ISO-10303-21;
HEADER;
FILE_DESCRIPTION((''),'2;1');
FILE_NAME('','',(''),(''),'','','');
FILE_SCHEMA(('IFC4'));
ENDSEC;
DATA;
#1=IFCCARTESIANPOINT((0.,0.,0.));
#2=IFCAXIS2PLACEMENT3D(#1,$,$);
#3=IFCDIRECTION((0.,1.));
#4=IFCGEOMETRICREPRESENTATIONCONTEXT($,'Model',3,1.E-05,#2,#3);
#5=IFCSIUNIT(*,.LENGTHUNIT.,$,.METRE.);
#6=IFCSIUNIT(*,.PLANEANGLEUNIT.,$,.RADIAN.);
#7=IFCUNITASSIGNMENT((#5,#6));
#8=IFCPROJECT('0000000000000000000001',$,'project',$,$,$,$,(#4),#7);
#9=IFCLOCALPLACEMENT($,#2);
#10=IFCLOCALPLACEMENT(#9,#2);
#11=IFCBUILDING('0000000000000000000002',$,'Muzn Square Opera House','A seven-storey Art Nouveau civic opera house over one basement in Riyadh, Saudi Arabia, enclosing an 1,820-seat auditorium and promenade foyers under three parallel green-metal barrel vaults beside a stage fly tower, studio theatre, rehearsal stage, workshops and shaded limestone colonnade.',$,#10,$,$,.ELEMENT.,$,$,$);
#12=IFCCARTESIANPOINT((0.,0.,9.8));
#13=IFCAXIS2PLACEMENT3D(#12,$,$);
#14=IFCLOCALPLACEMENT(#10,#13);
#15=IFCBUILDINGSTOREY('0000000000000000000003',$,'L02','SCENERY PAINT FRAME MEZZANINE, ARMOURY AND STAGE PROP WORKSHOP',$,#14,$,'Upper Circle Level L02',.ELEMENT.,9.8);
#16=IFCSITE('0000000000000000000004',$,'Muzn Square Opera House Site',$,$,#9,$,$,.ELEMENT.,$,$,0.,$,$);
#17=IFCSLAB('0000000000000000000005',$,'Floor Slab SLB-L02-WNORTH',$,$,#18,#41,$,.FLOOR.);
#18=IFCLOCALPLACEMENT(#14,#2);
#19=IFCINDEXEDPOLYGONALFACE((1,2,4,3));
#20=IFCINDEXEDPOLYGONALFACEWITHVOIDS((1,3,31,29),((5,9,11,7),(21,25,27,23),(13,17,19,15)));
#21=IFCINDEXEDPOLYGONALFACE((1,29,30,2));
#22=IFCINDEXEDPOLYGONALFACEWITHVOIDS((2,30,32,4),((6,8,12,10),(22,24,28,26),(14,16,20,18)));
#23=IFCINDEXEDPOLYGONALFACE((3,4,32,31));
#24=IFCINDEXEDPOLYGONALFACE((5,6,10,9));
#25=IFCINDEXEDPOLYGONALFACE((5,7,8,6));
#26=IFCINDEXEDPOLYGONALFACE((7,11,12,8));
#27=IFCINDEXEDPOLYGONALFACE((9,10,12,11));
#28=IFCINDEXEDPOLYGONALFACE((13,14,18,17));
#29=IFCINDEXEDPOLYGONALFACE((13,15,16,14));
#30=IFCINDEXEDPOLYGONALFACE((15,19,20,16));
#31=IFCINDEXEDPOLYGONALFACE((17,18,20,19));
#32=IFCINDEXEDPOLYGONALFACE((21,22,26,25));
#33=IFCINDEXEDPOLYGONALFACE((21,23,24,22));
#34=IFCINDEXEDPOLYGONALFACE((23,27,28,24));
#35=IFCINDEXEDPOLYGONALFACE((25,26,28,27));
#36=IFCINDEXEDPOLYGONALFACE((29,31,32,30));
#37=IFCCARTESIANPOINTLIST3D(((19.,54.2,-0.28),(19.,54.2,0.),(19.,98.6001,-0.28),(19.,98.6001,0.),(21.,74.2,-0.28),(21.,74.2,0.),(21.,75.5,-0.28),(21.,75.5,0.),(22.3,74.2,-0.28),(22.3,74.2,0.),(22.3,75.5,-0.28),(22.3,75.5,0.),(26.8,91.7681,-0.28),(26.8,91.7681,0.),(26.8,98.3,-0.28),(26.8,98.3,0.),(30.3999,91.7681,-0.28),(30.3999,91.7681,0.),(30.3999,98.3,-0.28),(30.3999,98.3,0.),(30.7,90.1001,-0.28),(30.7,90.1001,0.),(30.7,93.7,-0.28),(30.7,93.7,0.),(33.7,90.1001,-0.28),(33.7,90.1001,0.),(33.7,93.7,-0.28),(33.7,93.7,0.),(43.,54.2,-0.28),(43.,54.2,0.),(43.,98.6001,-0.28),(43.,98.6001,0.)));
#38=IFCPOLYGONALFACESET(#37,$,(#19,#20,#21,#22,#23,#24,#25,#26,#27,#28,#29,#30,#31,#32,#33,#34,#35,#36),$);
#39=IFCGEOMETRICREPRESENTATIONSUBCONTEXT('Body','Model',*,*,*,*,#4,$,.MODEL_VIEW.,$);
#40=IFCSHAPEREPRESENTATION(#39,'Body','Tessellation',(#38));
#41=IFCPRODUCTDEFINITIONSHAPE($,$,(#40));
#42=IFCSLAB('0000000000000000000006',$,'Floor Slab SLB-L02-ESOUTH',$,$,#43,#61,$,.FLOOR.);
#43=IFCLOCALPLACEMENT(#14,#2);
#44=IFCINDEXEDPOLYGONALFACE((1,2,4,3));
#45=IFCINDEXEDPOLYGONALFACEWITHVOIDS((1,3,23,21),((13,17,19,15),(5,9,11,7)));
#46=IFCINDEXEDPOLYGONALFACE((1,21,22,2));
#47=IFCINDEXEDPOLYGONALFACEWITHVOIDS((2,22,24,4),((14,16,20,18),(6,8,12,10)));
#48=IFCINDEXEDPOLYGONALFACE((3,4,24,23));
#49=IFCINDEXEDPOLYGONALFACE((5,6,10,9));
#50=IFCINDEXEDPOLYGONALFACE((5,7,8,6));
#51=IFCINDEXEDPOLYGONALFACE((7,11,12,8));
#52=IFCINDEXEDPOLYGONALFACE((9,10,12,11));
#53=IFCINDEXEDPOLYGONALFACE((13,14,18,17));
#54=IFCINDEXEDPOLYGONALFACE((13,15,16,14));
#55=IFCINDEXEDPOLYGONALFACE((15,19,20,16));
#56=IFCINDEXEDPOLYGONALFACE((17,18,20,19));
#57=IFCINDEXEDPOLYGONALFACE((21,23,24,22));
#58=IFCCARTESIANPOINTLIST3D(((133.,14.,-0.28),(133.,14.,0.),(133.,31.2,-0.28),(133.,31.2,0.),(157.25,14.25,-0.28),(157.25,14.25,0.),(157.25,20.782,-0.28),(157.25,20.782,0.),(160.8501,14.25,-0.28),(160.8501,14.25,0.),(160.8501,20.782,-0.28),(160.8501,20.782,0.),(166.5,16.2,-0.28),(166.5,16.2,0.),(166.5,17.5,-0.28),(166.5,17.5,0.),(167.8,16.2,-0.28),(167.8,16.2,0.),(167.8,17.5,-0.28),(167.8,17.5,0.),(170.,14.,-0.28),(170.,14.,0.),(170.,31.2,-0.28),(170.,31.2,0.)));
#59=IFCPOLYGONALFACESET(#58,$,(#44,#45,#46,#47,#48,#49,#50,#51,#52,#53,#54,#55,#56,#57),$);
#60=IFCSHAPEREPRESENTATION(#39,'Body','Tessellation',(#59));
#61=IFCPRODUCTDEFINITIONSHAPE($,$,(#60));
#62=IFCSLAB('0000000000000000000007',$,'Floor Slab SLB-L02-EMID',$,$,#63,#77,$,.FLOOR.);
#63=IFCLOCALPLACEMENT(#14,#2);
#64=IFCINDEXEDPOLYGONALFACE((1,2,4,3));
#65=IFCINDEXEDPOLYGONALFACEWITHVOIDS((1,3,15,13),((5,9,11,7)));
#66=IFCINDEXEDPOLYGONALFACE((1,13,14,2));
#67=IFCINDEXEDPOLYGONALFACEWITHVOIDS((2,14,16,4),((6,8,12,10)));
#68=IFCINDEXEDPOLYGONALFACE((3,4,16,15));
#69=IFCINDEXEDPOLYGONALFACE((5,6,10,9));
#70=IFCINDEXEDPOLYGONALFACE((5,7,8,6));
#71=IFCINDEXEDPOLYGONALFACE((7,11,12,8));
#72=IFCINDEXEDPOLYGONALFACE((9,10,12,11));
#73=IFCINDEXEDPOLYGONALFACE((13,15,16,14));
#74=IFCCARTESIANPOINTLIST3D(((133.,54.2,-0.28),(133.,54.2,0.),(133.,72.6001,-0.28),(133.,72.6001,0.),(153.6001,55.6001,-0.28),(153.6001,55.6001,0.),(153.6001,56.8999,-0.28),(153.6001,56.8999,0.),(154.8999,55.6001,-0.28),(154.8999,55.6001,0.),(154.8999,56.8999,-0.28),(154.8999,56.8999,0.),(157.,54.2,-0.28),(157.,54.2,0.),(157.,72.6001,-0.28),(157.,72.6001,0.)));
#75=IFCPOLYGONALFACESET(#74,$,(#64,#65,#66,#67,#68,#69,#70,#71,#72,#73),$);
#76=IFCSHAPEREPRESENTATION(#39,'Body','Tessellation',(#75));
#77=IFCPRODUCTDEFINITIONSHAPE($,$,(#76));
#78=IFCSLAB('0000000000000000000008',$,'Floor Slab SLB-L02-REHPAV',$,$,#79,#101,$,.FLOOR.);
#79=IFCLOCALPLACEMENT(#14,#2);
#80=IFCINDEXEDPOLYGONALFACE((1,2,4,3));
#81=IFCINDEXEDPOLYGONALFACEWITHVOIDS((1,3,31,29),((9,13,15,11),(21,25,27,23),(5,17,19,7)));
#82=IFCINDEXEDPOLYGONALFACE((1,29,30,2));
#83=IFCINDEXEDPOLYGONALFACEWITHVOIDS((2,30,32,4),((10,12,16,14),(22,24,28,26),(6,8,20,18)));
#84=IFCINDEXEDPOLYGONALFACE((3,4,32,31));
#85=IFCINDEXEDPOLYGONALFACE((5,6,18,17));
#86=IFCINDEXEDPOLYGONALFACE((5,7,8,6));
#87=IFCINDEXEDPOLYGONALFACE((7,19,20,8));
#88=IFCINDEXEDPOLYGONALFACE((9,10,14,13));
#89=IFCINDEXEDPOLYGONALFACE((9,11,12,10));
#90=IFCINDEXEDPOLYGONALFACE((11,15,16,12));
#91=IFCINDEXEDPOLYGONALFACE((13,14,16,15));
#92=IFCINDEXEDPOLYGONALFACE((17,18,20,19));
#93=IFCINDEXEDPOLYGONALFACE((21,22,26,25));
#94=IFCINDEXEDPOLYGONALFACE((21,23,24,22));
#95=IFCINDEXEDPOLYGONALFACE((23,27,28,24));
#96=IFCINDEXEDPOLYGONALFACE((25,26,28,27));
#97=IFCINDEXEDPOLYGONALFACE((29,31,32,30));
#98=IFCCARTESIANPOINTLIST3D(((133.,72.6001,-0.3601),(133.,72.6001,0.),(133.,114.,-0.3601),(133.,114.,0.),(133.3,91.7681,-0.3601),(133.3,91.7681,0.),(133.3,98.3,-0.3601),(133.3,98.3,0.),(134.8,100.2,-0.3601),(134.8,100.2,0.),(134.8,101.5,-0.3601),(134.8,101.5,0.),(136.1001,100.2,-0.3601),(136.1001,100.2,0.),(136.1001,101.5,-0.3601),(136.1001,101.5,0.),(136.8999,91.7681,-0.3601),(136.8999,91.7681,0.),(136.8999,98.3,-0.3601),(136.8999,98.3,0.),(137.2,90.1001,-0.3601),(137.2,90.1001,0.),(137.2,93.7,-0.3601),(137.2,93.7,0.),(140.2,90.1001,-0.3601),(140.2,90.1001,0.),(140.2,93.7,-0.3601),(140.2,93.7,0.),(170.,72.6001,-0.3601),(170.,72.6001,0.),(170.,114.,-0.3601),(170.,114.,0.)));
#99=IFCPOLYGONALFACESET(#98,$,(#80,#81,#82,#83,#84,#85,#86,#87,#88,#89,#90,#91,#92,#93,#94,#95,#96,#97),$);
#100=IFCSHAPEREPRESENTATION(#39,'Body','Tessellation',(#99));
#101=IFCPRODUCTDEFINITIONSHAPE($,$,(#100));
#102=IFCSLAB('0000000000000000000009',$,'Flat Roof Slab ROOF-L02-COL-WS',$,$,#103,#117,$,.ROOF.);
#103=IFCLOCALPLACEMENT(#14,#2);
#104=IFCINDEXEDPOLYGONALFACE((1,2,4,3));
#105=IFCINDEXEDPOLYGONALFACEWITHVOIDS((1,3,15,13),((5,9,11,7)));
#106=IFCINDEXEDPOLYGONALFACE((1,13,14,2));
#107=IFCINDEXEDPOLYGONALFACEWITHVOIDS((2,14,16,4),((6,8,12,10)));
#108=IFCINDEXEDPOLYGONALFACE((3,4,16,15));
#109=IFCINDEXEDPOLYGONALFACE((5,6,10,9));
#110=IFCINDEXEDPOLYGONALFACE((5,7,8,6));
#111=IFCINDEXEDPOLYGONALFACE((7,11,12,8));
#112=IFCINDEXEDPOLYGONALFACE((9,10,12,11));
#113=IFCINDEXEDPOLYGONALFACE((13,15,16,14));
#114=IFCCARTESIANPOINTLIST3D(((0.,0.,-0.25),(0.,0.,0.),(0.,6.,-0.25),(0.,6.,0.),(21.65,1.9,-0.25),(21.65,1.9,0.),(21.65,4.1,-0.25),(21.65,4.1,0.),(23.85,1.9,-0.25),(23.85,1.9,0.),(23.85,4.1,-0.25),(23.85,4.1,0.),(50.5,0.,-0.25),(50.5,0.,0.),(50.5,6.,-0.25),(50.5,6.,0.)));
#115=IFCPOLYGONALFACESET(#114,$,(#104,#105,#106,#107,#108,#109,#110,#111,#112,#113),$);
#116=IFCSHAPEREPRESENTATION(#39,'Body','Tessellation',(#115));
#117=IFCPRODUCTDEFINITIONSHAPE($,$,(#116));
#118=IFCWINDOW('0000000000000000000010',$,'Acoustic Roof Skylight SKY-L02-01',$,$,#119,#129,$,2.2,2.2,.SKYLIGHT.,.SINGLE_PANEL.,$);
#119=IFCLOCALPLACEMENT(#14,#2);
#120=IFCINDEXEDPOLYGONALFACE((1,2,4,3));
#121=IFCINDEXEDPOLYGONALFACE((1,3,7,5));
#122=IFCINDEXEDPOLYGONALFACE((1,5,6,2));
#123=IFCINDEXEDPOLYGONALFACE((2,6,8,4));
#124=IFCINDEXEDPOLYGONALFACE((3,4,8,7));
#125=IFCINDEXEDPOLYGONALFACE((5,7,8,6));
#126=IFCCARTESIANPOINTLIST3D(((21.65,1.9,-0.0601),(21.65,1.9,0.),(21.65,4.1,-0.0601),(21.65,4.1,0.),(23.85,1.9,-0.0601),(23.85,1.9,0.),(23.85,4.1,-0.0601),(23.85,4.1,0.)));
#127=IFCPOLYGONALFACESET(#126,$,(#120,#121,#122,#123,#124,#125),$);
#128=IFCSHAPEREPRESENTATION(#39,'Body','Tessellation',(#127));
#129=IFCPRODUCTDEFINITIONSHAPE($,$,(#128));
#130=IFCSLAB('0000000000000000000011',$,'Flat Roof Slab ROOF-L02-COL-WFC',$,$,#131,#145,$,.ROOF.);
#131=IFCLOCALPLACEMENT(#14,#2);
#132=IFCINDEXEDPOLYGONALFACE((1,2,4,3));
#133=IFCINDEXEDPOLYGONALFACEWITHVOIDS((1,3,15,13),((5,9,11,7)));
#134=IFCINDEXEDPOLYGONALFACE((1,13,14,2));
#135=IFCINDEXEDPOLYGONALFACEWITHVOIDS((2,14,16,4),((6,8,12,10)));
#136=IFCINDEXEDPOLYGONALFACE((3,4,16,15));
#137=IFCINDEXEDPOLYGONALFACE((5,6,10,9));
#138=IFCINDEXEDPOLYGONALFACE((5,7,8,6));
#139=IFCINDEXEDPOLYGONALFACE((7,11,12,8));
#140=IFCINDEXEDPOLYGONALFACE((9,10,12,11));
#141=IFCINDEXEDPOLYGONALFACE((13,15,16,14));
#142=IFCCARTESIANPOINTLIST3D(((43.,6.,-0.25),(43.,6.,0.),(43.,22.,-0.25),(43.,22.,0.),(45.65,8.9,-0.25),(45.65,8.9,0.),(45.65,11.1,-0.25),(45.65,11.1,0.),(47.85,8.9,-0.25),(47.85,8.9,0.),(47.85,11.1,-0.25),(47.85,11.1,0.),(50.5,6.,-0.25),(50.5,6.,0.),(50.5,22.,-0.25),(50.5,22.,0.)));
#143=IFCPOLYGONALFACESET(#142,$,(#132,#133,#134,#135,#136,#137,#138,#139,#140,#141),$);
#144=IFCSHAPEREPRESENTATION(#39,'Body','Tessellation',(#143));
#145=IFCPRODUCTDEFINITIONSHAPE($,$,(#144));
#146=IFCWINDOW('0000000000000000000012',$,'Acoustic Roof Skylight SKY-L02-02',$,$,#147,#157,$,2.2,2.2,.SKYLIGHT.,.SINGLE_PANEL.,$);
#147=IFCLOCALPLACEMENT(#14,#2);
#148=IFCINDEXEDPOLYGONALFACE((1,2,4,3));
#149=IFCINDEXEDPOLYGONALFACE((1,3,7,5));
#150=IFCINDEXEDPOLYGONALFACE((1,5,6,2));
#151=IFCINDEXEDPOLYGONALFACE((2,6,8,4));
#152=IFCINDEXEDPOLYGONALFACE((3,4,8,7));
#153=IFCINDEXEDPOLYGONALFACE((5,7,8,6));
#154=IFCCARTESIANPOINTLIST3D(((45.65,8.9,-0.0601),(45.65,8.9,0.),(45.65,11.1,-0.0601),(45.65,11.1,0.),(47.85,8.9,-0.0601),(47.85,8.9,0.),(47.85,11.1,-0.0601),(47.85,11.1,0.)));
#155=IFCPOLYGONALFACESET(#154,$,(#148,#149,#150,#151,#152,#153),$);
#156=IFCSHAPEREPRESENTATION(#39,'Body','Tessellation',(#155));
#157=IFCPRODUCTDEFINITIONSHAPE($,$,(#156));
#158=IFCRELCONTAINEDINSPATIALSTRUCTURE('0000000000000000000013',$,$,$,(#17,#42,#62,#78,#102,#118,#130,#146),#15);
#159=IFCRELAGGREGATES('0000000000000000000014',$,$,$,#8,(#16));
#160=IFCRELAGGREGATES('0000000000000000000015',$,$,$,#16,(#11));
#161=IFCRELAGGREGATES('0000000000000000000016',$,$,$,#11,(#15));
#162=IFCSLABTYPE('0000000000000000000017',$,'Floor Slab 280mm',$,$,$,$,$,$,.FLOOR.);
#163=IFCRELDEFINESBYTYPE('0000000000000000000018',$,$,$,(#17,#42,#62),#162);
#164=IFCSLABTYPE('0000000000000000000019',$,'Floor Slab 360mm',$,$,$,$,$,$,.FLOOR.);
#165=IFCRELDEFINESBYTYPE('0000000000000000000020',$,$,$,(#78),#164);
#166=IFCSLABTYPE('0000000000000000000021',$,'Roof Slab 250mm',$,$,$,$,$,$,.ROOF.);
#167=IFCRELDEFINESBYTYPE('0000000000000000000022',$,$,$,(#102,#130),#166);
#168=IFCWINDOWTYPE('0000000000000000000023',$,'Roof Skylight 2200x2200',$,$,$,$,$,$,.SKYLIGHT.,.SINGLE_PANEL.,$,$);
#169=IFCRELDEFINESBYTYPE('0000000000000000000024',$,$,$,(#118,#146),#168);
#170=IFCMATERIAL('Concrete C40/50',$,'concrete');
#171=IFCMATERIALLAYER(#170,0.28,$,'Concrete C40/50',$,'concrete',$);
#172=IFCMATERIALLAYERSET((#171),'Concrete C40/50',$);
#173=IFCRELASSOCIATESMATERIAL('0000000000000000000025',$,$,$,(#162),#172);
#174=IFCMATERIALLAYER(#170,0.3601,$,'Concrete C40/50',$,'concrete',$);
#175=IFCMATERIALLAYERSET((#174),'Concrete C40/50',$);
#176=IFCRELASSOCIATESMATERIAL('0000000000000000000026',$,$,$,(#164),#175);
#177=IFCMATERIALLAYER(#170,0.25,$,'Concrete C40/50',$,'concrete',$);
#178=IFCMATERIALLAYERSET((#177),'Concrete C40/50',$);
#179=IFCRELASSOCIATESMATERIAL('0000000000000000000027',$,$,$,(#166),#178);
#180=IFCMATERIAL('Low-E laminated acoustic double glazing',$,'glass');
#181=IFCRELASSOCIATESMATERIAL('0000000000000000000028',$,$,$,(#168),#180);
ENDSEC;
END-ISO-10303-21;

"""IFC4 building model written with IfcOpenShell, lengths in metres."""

from ifc_helpers import new_model, si_unit, direction, frame, origin, origin_2d, place, context, subcontext, project, spatial, polyline, rectangle, outline, extrude, material, layer, layer_set, type_object, element, fill, save


model = new_model("IFC4")

# Units and contexts
model_context = context("Model", 3, precision=1e-05, world=origin(), true_north=direction((0.0, 1.0)))
body_context = subcontext(model_context, "Body", "Model", "MODEL_VIEW")
ifc_project = project(units=[si_unit("LENGTHUNIT", "METRE"), si_unit("PLANEANGLEUNIT", "RADIAN")], contexts=[model_context])

# Site, building, storey
site_placement = place(None, origin())
site = spatial("IfcSite", under=ifc_project, at=site_placement, Name="Muzn Square Opera House Site", CompositionType="ELEMENT", RefElevation=0.0)
building_placement = place(site_placement, origin())
building = spatial("IfcBuilding", under=site, at=building_placement, Name="Muzn Square Opera House", Description="A seven-storey Art Nouveau civic opera house over one basement in Riyadh, Saudi Arabia, enclosing an 1,820-seat auditorium and promenade foyers under three parallel green-metal barrel vaults beside a stage fly tower, studio theatre, rehearsal stage, workshops and shaded limestone colonnade.", CompositionType="ELEMENT")
storey_placement = place(building_placement, frame((0.0, 0.0, 9.8)))
storey = spatial("IfcBuildingStorey", under=building, at=storey_placement, Name="L02", Description="SCENERY PAINT FRAME MEZZANINE, ARMOURY AND STAGE PROP WORKSHOP", LongName="Upper Circle Level L02", CompositionType="ELEMENT", Elevation=9.8)

# Slabs
ifc_material_1 = material(Name="Concrete C40/50", Category="concrete")
ifc_layer_1 = layer(ifc_material_1, 0.28, Name="Concrete C40/50", Category="concrete")
ifc_layer_set_1 = layer_set([ifc_layer_1], Name="Concrete C40/50")
slab_type_1 = type_object("IfcSlabType", Name="Floor Slab 280mm", PredefinedType="FLOOR", material=ifc_layer_set_1)
slab_1_placement = place(storey_placement, frame((0.0, 0.0, -0.28)))
element("IfcSlab", 1, at=slab_1_placement, inside=storey, type_object=slab_type_1, Name="Floor Slab SLB-L02-WNORTH", PredefinedType="FLOOR", context=body_context, shape_type="SweptSolid", body=[
    extrude(outline(polyline([(19.0, 54.2), (43.0, 54.2), (43.0, 98.6001), (19.0, 98.6001), (19.0, 54.2)]), holes=[polyline([(26.8, 91.7681), (30.3999, 91.7681), (30.3999, 98.3), (26.8, 98.3), (26.8, 91.7681)]), polyline([(30.7, 90.1001), (33.7, 90.1001), (33.7, 93.7), (30.7, 93.7), (30.7, 90.1001)]), polyline([(21.0, 74.2), (22.3, 74.2), (22.3, 75.5), (21.0, 75.5), (21.0, 74.2)])]), origin(), (0.0, 0.0, 1.0), 0.28),
])
slab_2_placement = place(storey_placement, frame((0.0, 0.0, -0.28)))
element("IfcSlab", 2, at=slab_2_placement, inside=storey, type_object=slab_type_1, Name="Floor Slab SLB-L02-ESOUTH", PredefinedType="FLOOR", context=body_context, shape_type="SweptSolid", body=[
    extrude(outline(polyline([(133.0, 14.0), (170.0, 14.0), (170.0, 31.2), (133.0, 31.2), (133.0, 14.0)]), holes=[polyline([(157.25, 14.25), (160.8501, 14.25), (160.8501, 20.782), (157.25, 20.782), (157.25, 14.25)]), polyline([(166.5, 16.2), (167.8, 16.2), (167.8, 17.5), (166.5, 17.5), (166.5, 16.2)])]), origin(), (0.0, 0.0, 1.0), 0.28),
])
slab_3_placement = place(storey_placement, frame((0.0, 0.0, -0.28)))
element("IfcSlab", 3, at=slab_3_placement, inside=storey, type_object=slab_type_1, Name="Floor Slab SLB-L02-EMID", PredefinedType="FLOOR", context=body_context, shape_type="SweptSolid", body=[
    extrude(outline(polyline([(133.0, 54.2), (157.0, 54.2), (157.0, 72.6001), (133.0, 72.6001), (133.0, 54.2)]), holes=[polyline([(153.6001, 55.6001), (154.8999, 55.6001), (154.8999, 56.8999), (153.6001, 56.8999), (153.6001, 55.6001)])]), origin(), (0.0, 0.0, 1.0), 0.28),
])
ifc_layer_2 = layer(ifc_material_1, 0.3601, Name="Concrete C40/50", Category="concrete")
ifc_layer_set_2 = layer_set([ifc_layer_2], Name="Concrete C40/50")
slab_type_2 = type_object("IfcSlabType", Name="Floor Slab 360mm", PredefinedType="FLOOR", material=ifc_layer_set_2)
slab_4_placement = place(storey_placement, frame((0.0, 0.0, -0.3601)))
element("IfcSlab", 4, at=slab_4_placement, inside=storey, type_object=slab_type_2, Name="Floor Slab SLB-L02-REHPAV", PredefinedType="FLOOR", context=body_context, shape_type="SweptSolid", body=[
    extrude(outline(polyline([(133.0, 72.6001), (170.0, 72.6001), (170.0, 114.0), (133.0, 114.0), (133.0, 72.6001)]), holes=[polyline([(133.3, 91.7681), (136.8999, 91.7681), (136.8999, 98.3), (133.3, 98.3), (133.3, 91.7681)]), polyline([(137.2, 90.1001), (140.2, 90.1001), (140.2, 93.7), (137.2, 93.7), (137.2, 90.1001)]), polyline([(134.8, 100.2), (136.1001, 100.2), (136.1001, 101.5), (134.8, 101.5), (134.8, 100.2)])]), origin(), (0.0, 0.0, 1.0), 0.3601),
])

# Slabs, openings, windows
ifc_layer_3 = layer(ifc_material_1, 0.25, Name="Concrete C40/50", Category="concrete")
ifc_layer_set_3 = layer_set([ifc_layer_3], Name="Concrete C40/50")
slab_type_3 = type_object("IfcSlabType", Name="Roof Slab 250mm", PredefinedType="ROOF", material=ifc_layer_set_3)
slab_5_placement = place(storey_placement, frame((0.0, 0.0, -0.25)))
slab_5 = element("IfcSlab", 5, at=slab_5_placement, inside=storey, type_object=slab_type_3, Name="Flat Roof Slab ROOF-L02-COL-WS", PredefinedType="ROOF", context=body_context, shape_type="SweptSolid", body=[
    extrude(outline(polyline([(0.0, 0.0), (50.5, 0.0), (50.5, 6.0), (0.0, 6.0), (0.0, 0.0)])), origin(), (0.0, 0.0, 1.0), 0.25),
])
opening_1_placement = place(slab_5_placement, frame((22.75, 3.0, -0.01)))
opening_1 = element("IfcOpeningElement", 6, at=opening_1_placement, cuts=slab_5, PredefinedType="OPENING", context=body_context, shape_type="SweptSolid", body=[
    extrude(rectangle(XDim=2.2, YDim=2.2, at=origin_2d()), origin(), (0.0, 0.0, 1.0), 0.27),
])
ifc_material_2 = material(Name="Low-E laminated acoustic double glazing", Category="glass")
window_type_1 = type_object("IfcWindowType", Name="Roof Skylight 2200x2200", PartitioningType="SINGLE_PANEL", PredefinedType="SKYLIGHT", material=ifc_material_2)
window_1_placement = place(slab_5_placement, frame((22.75, 3.0, 0.1899)))
window_1 = element("IfcWindow", 7, at=window_1_placement, inside=storey, type_object=window_type_1, Name="Acoustic Roof Skylight SKY-L02-01", OverallHeight=2.2, OverallWidth=2.2, PartitioningType="SINGLE_PANEL", PredefinedType="SKYLIGHT", context=body_context, shape_type="SweptSolid", body=[
    extrude(rectangle(XDim=2.2, YDim=2.2, at=origin_2d()), origin(), (0.0, 0.0, 1.0), 0.0601),
])
fill(opening_1, window_1)
slab_6_placement = place(storey_placement, frame((0.0, 0.0, -0.25)))
slab_6 = element("IfcSlab", 8, at=slab_6_placement, inside=storey, type_object=slab_type_3, Name="Flat Roof Slab ROOF-L02-COL-WFC", PredefinedType="ROOF", context=body_context, shape_type="SweptSolid", body=[
    extrude(outline(polyline([(43.0, 6.0), (50.5, 6.0), (50.5, 22.0), (43.0, 22.0), (43.0, 6.0)])), origin(), (0.0, 0.0, 1.0), 0.25),
])
opening_2_placement = place(slab_6_placement, frame((46.75, 10.0, -0.01)))
opening_2 = element("IfcOpeningElement", 9, at=opening_2_placement, cuts=slab_6, PredefinedType="OPENING", context=body_context, shape_type="SweptSolid", body=[
    extrude(rectangle(XDim=2.2, YDim=2.2, at=origin_2d()), origin(), (0.0, 0.0, 1.0), 0.27),
])
window_2_placement = place(slab_6_placement, frame((46.75, 10.0, 0.1899)))
window_2 = element("IfcWindow", 10, at=window_2_placement, inside=storey, type_object=window_type_1, Name="Acoustic Roof Skylight SKY-L02-02", OverallHeight=2.2, OverallWidth=2.2, PartitioningType="SINGLE_PANEL", PredefinedType="SKYLIGHT", context=body_context, shape_type="SweptSolid", body=[
    extrude(rectangle(XDim=2.2, YDim=2.2, at=origin_2d()), origin(), (0.0, 0.0, 1.0), 0.0601),
])
fill(opening_2, window_2)

save(model, "model.ifc")
